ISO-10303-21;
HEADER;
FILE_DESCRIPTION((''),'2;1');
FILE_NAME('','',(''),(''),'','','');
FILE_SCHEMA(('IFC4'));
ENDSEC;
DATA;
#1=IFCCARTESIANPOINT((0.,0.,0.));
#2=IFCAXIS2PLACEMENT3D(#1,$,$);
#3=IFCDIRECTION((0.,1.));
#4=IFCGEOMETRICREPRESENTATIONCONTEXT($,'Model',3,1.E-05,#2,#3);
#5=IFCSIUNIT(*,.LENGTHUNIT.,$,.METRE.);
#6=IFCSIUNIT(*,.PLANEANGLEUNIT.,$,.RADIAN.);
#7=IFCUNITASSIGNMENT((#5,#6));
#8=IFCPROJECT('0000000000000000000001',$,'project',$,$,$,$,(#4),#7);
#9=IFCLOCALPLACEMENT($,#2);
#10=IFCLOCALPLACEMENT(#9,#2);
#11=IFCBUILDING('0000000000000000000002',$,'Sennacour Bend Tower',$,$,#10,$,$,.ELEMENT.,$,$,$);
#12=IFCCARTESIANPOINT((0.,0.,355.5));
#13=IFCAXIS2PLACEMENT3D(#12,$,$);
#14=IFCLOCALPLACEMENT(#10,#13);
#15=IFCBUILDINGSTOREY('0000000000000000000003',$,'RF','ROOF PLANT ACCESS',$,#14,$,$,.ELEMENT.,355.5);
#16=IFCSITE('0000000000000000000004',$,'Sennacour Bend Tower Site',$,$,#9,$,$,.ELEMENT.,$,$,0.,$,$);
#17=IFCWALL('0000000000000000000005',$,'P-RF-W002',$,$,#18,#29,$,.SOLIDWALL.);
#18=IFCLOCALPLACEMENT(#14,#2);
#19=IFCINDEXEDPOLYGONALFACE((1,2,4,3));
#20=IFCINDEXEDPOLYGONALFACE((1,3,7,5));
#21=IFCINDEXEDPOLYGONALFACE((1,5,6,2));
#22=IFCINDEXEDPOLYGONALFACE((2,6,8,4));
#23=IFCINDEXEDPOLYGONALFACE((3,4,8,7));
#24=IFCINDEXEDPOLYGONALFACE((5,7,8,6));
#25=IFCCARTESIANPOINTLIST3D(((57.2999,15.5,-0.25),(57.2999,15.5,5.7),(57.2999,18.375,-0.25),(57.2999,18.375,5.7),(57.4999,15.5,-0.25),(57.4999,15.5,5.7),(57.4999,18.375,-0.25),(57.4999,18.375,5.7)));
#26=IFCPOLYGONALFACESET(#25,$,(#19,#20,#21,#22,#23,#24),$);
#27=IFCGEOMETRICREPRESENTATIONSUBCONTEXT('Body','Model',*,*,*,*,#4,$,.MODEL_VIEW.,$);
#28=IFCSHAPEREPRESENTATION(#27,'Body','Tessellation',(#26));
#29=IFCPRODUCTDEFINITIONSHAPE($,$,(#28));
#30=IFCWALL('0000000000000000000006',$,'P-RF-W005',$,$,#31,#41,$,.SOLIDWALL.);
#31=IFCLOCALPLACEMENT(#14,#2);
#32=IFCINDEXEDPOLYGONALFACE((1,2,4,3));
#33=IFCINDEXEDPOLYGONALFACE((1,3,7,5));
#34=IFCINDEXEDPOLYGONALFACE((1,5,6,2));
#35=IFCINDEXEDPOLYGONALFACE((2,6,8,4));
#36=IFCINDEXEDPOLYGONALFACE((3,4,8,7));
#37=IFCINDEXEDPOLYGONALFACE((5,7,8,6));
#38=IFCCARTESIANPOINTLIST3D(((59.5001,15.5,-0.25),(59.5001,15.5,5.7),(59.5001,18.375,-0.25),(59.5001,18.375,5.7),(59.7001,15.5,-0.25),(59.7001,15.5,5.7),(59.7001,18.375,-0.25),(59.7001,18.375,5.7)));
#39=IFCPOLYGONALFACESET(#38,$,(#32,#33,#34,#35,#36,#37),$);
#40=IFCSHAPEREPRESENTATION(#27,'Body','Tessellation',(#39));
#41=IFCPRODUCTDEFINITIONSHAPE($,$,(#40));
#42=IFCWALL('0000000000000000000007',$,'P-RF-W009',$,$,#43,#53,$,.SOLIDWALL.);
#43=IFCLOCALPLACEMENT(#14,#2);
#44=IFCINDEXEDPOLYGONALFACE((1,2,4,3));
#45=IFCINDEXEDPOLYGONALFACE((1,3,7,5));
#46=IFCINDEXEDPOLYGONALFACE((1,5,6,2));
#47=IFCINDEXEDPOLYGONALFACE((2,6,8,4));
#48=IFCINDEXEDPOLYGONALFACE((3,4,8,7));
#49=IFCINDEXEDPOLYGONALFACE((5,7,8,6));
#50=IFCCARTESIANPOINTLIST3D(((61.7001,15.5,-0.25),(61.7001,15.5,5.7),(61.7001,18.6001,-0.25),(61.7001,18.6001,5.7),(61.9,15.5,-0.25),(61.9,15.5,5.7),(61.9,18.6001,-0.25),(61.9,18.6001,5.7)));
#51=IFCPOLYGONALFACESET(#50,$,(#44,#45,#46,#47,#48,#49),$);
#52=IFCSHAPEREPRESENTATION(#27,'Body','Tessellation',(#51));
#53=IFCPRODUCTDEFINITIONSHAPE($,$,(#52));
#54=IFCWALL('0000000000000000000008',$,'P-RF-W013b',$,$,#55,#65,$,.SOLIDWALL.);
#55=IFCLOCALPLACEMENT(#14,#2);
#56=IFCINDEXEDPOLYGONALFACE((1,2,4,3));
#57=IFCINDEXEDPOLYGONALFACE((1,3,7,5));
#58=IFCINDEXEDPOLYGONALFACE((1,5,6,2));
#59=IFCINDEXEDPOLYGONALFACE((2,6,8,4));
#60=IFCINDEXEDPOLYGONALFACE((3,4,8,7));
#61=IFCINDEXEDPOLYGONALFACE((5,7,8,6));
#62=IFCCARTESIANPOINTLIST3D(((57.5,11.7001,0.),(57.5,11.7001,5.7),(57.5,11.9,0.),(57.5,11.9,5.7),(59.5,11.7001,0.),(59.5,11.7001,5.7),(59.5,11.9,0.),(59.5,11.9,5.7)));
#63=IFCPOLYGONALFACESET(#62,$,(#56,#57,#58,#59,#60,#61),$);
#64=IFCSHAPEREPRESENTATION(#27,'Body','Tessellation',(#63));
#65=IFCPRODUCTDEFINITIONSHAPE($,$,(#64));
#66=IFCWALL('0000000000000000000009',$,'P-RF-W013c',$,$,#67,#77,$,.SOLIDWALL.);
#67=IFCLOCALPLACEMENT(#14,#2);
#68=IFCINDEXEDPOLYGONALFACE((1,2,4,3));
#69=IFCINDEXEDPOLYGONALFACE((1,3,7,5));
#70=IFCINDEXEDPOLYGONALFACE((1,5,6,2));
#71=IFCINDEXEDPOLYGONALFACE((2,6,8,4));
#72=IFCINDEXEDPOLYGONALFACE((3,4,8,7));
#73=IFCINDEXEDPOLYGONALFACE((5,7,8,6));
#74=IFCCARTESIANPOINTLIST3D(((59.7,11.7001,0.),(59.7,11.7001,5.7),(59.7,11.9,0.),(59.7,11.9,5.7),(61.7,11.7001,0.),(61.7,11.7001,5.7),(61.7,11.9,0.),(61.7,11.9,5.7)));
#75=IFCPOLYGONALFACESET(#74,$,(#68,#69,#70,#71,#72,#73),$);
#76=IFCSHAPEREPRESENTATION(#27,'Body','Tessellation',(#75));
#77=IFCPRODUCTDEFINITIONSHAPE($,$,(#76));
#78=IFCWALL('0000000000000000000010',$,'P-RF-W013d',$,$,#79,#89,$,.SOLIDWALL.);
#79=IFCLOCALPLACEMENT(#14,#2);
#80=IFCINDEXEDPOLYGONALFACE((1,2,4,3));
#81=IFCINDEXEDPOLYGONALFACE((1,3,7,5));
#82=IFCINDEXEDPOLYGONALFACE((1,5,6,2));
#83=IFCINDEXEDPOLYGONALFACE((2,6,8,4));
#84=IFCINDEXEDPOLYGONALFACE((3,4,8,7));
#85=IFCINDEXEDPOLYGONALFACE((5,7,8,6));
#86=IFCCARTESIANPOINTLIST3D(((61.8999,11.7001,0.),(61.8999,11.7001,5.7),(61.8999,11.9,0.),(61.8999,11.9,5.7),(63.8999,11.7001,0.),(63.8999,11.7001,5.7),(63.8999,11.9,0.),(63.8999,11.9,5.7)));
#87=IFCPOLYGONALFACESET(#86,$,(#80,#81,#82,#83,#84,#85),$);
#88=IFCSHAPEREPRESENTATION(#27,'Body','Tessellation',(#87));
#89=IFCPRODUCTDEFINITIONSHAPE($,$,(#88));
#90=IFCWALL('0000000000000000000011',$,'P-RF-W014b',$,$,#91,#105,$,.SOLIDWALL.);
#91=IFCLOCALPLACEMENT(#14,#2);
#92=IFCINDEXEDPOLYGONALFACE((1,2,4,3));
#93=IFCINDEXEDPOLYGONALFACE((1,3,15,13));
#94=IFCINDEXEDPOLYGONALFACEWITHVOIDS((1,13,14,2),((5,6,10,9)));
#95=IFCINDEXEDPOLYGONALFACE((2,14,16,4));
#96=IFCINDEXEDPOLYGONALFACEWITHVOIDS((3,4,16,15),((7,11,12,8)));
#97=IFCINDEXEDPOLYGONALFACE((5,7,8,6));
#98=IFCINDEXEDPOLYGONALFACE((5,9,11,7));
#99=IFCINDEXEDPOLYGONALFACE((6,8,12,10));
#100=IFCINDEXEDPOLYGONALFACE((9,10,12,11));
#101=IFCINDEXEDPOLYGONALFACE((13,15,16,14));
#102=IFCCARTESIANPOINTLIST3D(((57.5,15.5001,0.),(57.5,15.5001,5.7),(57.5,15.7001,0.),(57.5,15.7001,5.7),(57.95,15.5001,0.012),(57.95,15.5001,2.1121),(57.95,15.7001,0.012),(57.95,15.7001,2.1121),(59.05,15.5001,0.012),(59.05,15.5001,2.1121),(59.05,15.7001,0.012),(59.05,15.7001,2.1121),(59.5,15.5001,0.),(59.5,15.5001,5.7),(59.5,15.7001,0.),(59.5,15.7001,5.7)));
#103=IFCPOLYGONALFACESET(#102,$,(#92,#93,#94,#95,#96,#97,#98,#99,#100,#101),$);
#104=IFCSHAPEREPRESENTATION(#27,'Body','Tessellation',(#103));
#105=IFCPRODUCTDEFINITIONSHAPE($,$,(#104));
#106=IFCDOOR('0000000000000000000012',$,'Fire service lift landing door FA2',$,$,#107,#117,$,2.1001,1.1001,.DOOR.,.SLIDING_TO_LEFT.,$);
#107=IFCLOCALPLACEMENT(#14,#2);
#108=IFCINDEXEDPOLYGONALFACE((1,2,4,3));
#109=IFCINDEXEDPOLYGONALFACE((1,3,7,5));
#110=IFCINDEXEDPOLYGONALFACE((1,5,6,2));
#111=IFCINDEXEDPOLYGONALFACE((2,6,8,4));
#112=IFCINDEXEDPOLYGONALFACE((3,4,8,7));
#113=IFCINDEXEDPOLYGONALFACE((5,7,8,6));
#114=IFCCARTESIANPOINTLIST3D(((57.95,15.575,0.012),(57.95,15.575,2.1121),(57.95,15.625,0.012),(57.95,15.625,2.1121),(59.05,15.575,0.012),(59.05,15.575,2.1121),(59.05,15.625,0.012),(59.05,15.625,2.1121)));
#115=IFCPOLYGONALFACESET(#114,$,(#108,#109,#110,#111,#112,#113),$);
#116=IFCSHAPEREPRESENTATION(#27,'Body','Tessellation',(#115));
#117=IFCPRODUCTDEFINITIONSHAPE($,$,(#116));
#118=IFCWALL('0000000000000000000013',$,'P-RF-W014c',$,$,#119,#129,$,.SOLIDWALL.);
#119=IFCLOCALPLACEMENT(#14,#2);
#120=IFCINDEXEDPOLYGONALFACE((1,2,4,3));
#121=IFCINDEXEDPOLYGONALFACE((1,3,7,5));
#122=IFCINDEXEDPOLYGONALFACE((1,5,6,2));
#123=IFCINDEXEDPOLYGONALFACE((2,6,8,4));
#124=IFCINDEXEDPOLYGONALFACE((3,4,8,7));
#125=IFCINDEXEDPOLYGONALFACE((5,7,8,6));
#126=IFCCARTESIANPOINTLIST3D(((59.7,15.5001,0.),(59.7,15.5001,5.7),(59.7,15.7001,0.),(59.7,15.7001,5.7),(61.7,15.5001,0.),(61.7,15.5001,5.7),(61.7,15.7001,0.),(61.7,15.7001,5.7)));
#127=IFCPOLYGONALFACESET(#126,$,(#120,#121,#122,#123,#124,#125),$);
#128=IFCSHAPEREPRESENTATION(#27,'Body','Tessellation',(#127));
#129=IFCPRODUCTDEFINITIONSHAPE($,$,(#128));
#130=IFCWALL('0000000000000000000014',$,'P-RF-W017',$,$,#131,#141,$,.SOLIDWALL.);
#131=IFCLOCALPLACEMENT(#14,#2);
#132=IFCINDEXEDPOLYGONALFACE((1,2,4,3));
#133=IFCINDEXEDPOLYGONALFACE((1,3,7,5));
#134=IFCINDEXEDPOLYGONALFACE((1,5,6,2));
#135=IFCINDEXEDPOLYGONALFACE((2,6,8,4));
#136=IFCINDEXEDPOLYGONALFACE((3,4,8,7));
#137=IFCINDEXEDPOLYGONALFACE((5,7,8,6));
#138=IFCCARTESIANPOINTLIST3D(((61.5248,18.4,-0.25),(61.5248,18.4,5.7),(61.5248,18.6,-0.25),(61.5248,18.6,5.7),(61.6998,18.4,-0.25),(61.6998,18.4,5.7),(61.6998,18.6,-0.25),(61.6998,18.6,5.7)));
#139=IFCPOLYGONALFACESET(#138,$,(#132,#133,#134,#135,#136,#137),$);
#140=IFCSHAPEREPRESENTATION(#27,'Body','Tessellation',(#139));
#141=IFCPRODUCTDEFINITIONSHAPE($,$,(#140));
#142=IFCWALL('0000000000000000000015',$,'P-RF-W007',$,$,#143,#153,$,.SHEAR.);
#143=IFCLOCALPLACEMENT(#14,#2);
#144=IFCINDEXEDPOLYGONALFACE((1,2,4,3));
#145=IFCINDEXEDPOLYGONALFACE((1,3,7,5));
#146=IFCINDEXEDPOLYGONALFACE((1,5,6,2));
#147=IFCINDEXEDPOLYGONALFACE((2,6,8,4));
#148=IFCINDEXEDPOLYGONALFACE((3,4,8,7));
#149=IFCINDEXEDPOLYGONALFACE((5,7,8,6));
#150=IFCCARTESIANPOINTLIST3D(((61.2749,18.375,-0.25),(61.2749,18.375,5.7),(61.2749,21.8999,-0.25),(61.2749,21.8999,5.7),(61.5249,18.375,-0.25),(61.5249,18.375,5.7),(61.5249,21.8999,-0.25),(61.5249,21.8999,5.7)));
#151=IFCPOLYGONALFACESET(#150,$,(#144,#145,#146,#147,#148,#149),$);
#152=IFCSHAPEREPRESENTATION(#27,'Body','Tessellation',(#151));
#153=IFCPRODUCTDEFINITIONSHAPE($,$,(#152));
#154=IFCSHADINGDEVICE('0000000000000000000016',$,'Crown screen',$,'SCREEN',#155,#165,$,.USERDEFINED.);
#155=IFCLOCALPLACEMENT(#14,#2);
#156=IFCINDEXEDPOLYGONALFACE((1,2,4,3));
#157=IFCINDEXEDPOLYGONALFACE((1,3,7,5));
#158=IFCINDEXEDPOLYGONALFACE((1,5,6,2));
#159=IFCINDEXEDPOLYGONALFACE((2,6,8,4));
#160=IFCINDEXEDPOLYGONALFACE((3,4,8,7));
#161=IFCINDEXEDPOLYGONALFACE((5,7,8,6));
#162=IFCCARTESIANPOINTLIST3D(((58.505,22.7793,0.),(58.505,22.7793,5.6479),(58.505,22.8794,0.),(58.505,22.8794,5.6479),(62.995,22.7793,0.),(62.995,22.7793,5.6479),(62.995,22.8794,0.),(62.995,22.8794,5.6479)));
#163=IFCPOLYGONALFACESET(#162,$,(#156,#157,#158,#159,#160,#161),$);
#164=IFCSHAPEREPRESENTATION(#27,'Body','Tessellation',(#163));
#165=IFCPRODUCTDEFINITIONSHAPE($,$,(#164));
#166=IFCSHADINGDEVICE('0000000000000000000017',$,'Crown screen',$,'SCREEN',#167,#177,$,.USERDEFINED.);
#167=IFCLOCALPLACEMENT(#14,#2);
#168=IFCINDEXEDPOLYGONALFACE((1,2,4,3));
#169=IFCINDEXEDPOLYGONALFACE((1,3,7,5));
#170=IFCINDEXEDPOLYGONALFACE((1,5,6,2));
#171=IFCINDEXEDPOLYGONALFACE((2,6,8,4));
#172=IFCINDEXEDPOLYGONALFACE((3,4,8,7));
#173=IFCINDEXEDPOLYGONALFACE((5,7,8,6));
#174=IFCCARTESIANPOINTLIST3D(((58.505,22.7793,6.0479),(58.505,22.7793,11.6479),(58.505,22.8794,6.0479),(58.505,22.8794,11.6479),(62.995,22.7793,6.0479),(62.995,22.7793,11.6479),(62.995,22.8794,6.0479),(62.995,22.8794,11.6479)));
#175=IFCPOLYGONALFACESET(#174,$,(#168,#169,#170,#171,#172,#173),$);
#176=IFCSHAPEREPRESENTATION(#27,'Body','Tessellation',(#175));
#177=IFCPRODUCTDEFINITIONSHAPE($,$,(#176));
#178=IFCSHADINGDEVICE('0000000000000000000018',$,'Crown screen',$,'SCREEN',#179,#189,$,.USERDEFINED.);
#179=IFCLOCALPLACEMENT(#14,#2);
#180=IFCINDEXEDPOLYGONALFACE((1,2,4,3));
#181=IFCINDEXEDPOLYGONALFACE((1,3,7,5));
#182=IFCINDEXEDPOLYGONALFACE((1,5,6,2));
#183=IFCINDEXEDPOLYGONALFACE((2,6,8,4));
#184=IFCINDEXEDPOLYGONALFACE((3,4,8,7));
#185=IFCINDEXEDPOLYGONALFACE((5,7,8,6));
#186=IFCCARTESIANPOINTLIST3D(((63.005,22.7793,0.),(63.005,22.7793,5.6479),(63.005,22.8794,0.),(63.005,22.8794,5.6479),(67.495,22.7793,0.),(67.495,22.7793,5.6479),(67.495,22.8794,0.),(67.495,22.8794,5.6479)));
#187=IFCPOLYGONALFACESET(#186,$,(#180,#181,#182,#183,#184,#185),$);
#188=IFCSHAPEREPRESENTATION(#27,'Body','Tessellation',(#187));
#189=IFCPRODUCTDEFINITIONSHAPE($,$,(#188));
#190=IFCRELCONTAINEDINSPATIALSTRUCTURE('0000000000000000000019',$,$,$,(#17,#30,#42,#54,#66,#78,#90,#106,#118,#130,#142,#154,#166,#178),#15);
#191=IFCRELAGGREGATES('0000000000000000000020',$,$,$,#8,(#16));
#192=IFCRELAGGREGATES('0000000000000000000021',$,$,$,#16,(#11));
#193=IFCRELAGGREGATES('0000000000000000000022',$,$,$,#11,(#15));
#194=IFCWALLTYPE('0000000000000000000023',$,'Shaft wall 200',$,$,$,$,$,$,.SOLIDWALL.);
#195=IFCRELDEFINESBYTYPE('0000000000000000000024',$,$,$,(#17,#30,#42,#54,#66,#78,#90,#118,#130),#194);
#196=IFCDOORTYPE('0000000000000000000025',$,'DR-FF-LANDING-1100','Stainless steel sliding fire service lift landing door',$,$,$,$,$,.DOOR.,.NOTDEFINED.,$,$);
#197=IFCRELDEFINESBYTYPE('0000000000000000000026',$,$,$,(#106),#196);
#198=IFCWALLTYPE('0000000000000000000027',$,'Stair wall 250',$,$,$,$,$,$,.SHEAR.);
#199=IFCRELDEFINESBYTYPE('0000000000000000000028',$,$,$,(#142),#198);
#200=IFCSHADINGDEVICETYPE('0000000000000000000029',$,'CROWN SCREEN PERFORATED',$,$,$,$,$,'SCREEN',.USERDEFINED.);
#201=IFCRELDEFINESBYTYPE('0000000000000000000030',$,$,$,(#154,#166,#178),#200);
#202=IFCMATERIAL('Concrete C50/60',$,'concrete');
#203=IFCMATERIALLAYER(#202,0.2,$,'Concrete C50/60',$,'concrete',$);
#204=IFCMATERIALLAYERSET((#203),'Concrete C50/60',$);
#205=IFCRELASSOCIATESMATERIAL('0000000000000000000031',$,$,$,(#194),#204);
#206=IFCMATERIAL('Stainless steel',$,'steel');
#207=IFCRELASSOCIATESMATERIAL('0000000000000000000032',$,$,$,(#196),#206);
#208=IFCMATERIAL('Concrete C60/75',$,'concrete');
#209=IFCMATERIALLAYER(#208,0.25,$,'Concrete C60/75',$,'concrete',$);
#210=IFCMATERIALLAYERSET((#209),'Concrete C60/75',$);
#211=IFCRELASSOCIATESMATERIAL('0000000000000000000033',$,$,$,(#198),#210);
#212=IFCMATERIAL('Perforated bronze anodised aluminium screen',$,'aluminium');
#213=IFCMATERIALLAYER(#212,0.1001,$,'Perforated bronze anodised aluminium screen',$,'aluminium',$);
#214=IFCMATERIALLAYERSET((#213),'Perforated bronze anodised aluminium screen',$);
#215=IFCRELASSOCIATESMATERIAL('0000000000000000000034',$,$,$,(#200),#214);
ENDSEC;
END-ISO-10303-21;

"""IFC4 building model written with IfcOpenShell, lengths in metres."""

from ifc_helpers import new_model, si_unit, direction, frame, frame_2d, origin, origin_2d, place, context, subcontext, project, spatial, rectangle, extrude, material, layer, layer_set, type_object, element, fill, save


model = new_model("IFC4")

# Units and contexts
model_context = context("Model", 3, precision=1e-05, world=origin(), true_north=direction((0.0, 1.0)))
body_context = subcontext(model_context, "Body", "Model", "MODEL_VIEW")
ifc_project = project(units=[si_unit("LENGTHUNIT", "METRE"), si_unit("PLANEANGLEUNIT", "RADIAN")], contexts=[model_context])

# Site, building, storey
site_placement = place(None, origin())
site = spatial("IfcSite", under=ifc_project, at=site_placement, Name="Sennacour Bend Tower Site", CompositionType="ELEMENT", RefElevation=0.0)
building_placement = place(site_placement, origin())
building = spatial("IfcBuilding", under=site, at=building_placement, Name="Sennacour Bend Tower", CompositionType="ELEMENT")
storey_placement = place(building_placement, frame((0.0, 0.0, 355.5)))
storey = spatial("IfcBuildingStorey", under=building, at=storey_placement, Name="RF", Description="ROOF PLANT ACCESS", CompositionType="ELEMENT", Elevation=355.5)

# Walls
ifc_material_1 = material(Name="Concrete C50/60", Category="concrete")
ifc_layer_1 = layer(ifc_material_1, 0.2, Name="Concrete C50/60", Category="concrete")
ifc_layer_set_1 = layer_set([ifc_layer_1], Name="Concrete C50/60")
wall_type_1 = type_object("IfcWallType", Name="Shaft wall 200", PredefinedType="SOLIDWALL", material=ifc_layer_set_1)
for number, where, z_axis, x_axis, name in (
    (1, (57.3999, 15.5, -0.25), (0.0, 0.0, 1.0), (0.0, 1.0, 0.0), "P-RF-W002"),
    (2, (59.6001, 15.5, -0.25), (0.0, 0.0, 1.0), (0.0, 1.0, 0.0), "P-RF-W005"),
):
    element("IfcWall", number, at=place(storey_placement, frame(where, z_axis=z_axis, x_axis=x_axis)), inside=storey, type_object=wall_type_1, Name=name, PredefinedType="SOLIDWALL", context=body_context, shape_type="SweptSolid", body=[
        extrude(rectangle(XDim=2.875, YDim=0.2, at=frame_2d((1.4375, 0.0))), origin(), (0.0, 0.0, 1.0), 5.95),
    ])
wall_1_placement = place(storey_placement, frame((61.8, 15.5, -0.25), z_axis=(0.0, 0.0, 1.0), x_axis=(0.0, 1.0, 0.0)))
element("IfcWall", 3, at=wall_1_placement, inside=storey, type_object=wall_type_1, Name="P-RF-W009", PredefinedType="SOLIDWALL", context=body_context, shape_type="SweptSolid", body=[
    extrude(rectangle(XDim=3.1001, YDim=0.2, at=frame_2d((1.55, 0.0))), origin(), (0.0, 0.0, 1.0), 5.95),
])
for number, where, z_axis, x_axis, name in (
    (4, (57.5, 11.8, 0.0), (0.0, 0.0, 1.0), (1.0, 0.0, 0.0), "P-RF-W013b"),
    (5, (59.7, 11.8, 0.0), (0.0, 0.0, 1.0), (1.0, 0.0, 0.0), "P-RF-W013c"),
    (6, (61.8999, 11.8, 0.0), (0.0, 0.0, 1.0), (1.0, 0.0, 0.0), "P-RF-W013d"),
):
    element("IfcWall", number, at=place(storey_placement, frame(where, z_axis=z_axis, x_axis=x_axis)), inside=storey, type_object=wall_type_1, Name=name, PredefinedType="SOLIDWALL", context=body_context, shape_type="SweptSolid", body=[
        extrude(rectangle(XDim=2.0, YDim=0.2, at=frame_2d((1.0, 0.0))), origin(), (0.0, 0.0, 1.0), 5.7),
    ])

# Wall, opening, door
wall_2_placement = place(storey_placement, frame((57.5, 15.6001, 0.0), z_axis=(0.0, 0.0, 1.0), x_axis=(1.0, 0.0, 0.0)))
wall_2 = element("IfcWall", 7, at=wall_2_placement, inside=storey, type_object=wall_type_1, Name="P-RF-W014b", PredefinedType="SOLIDWALL", context=body_context, shape_type="SweptSolid", body=[
    extrude(rectangle(XDim=2.0, YDim=0.2, at=frame_2d((1.0, 0.0))), origin(), (0.0, 0.0, 1.0), 5.7),
])
opening_1_placement = place(wall_2_placement, frame((0.45, 0.0, 0.012)))
opening_1 = element("IfcOpeningElement", 8, at=opening_1_placement, cuts=wall_2, PredefinedType="OPENING", context=body_context, shape_type="SweptSolid", body=[
    extrude(rectangle(XDim=1.1001, YDim=2.1001, at=frame_2d((0.55, 1.05))), frame((0.0, 0.1099, 0.0), z_axis=(0.0, -1.0, 0.0), x_axis=(1.0, 0.0, 0.0)), (0.0, 0.0, 1.0), 0.22),
])
ifc_material_2 = material(Name="Stainless steel", Category="steel")
door_type_1 = type_object("IfcDoorType", Name="DR-FF-LANDING-1100", Description="Stainless steel sliding fire service lift landing door", OperationType="NOTDEFINED", PredefinedType="DOOR", material=ifc_material_2)
door_1_placement = place(opening_1_placement, origin())
door_1 = element("IfcDoor", 9, at=door_1_placement, inside=storey, type_object=door_type_1, Name="Fire service lift landing door FA2", OperationType="SLIDING_TO_LEFT", OverallHeight=2.1001, OverallWidth=1.1001, PredefinedType="DOOR", context=body_context, shape_type="SweptSolid", body=[
    extrude(rectangle(XDim=1.1001, YDim=2.1001, at=frame_2d((0.55, 1.05))), frame((0.0, 0.0249, 0.0), z_axis=(0.0, -1.0, 0.0), x_axis=(1.0, 0.0, 0.0)), (0.0, 0.0, 1.0), 0.05),
])
fill(opening_1, door_1)

# Walls
wall_3_placement = place(storey_placement, frame((59.7, 15.6001, 0.0), z_axis=(0.0, 0.0, 1.0), x_axis=(1.0, 0.0, 0.0)))
element("IfcWall", 10, at=wall_3_placement, inside=storey, type_object=wall_type_1, Name="P-RF-W014c", PredefinedType="SOLIDWALL", context=body_context, shape_type="SweptSolid", body=[
    extrude(rectangle(XDim=2.0, YDim=0.2, at=frame_2d((1.0, 0.0))), origin(), (0.0, 0.0, 1.0), 5.7),
])
wall_4_placement = place(storey_placement, frame((61.5249, 18.5, -0.25), z_axis=(0.0, 0.0, 1.0), x_axis=(1.0, 0.0, 0.0)))
element("IfcWall", 11, at=wall_4_placement, inside=storey, type_object=wall_type_1, Name="P-RF-W017", PredefinedType="SOLIDWALL", context=body_context, shape_type="SweptSolid", body=[
    extrude(rectangle(XDim=0.175, YDim=0.2, at=frame_2d((0.0874, 0.0))), origin(), (0.0, 0.0, 1.0), 5.95),
])
ifc_material_3 = material(Name="Concrete C60/75", Category="concrete")
ifc_layer_2 = layer(ifc_material_3, 0.25, Name="Concrete C60/75", Category="concrete")
ifc_layer_set_2 = layer_set([ifc_layer_2], Name="Concrete C60/75")
wall_type_2 = type_object("IfcWallType", Name="Stair wall 250", PredefinedType="SHEAR", material=ifc_layer_set_2)
wall_5_placement = place(storey_placement, frame((61.3999, 18.375, -0.25), z_axis=(0.0, 0.0, 1.0), x_axis=(0.0, 1.0, 0.0)))
element("IfcWall", 12, at=wall_5_placement, inside=storey, type_object=wall_type_2, Name="P-RF-W007", PredefinedType="SHEAR", context=body_context, shape_type="SweptSolid", body=[
    extrude(rectangle(XDim=3.5249, YDim=0.25, at=frame_2d((1.7625, 0.0))), origin(), (0.0, 0.0, 1.0), 5.95),
])

# Shading devices
ifc_material_4 = material(Name="Perforated bronze anodised aluminium screen", Category="aluminium")
ifc_layer_3 = layer(ifc_material_4, 0.1001, Name="Perforated bronze anodised aluminium screen", Category="aluminium")
ifc_layer_set_3 = layer_set([ifc_layer_3], Name="Perforated bronze anodised aluminium screen")
shading_device_type = type_object("IfcShadingDeviceType", Name="CROWN SCREEN PERFORATED", ElementType="SCREEN", PredefinedType="USERDEFINED", material=ifc_layer_set_3)
shading_device_1_placement = place(storey_placement, frame((60.75, 22.8293, 0.0), z_axis=(0.0, 0.0, 1.0), x_axis=(1.0, 0.0, 0.0)))
element("IfcShadingDevice", 13, at=shading_device_1_placement, inside=storey, type_object=shading_device_type, Name="Crown screen", ObjectType="SCREEN", PredefinedType="USERDEFINED", context=body_context, shape_type="SweptSolid", body=[
    extrude(rectangle(XDim=4.49, YDim=0.1001, at=origin_2d()), origin(), (0.0, 0.0, 1.0), 5.6479),
])
shading_device_2_placement = place(storey_placement, frame((60.75, 22.8293, 6.0479), z_axis=(0.0, 0.0, 1.0), x_axis=(1.0, 0.0, 0.0)))
element("IfcShadingDevice", 14, at=shading_device_2_placement, inside=storey, type_object=shading_device_type, Name="Crown screen", ObjectType="SCREEN", PredefinedType="USERDEFINED", context=body_context, shape_type="SweptSolid", body=[
    extrude(rectangle(XDim=4.49, YDim=0.1001, at=origin_2d()), origin(), (0.0, 0.0, 1.0), 5.6001),
])
shading_device_3_placement = place(storey_placement, frame((65.25, 22.8293, 0.0), z_axis=(0.0, 0.0, 1.0), x_axis=(1.0, 0.0, 0.0)))
element("IfcShadingDevice", 15, at=shading_device_3_placement, inside=storey, type_object=shading_device_type, Name="Crown screen", ObjectType="SCREEN", PredefinedType="USERDEFINED", context=body_context, shape_type="SweptSolid", body=[
    extrude(rectangle(XDim=4.49, YDim=0.1001, at=origin_2d()), origin(), (0.0, 0.0, 1.0), 5.6479),
])

save(model, "model.ifc")
